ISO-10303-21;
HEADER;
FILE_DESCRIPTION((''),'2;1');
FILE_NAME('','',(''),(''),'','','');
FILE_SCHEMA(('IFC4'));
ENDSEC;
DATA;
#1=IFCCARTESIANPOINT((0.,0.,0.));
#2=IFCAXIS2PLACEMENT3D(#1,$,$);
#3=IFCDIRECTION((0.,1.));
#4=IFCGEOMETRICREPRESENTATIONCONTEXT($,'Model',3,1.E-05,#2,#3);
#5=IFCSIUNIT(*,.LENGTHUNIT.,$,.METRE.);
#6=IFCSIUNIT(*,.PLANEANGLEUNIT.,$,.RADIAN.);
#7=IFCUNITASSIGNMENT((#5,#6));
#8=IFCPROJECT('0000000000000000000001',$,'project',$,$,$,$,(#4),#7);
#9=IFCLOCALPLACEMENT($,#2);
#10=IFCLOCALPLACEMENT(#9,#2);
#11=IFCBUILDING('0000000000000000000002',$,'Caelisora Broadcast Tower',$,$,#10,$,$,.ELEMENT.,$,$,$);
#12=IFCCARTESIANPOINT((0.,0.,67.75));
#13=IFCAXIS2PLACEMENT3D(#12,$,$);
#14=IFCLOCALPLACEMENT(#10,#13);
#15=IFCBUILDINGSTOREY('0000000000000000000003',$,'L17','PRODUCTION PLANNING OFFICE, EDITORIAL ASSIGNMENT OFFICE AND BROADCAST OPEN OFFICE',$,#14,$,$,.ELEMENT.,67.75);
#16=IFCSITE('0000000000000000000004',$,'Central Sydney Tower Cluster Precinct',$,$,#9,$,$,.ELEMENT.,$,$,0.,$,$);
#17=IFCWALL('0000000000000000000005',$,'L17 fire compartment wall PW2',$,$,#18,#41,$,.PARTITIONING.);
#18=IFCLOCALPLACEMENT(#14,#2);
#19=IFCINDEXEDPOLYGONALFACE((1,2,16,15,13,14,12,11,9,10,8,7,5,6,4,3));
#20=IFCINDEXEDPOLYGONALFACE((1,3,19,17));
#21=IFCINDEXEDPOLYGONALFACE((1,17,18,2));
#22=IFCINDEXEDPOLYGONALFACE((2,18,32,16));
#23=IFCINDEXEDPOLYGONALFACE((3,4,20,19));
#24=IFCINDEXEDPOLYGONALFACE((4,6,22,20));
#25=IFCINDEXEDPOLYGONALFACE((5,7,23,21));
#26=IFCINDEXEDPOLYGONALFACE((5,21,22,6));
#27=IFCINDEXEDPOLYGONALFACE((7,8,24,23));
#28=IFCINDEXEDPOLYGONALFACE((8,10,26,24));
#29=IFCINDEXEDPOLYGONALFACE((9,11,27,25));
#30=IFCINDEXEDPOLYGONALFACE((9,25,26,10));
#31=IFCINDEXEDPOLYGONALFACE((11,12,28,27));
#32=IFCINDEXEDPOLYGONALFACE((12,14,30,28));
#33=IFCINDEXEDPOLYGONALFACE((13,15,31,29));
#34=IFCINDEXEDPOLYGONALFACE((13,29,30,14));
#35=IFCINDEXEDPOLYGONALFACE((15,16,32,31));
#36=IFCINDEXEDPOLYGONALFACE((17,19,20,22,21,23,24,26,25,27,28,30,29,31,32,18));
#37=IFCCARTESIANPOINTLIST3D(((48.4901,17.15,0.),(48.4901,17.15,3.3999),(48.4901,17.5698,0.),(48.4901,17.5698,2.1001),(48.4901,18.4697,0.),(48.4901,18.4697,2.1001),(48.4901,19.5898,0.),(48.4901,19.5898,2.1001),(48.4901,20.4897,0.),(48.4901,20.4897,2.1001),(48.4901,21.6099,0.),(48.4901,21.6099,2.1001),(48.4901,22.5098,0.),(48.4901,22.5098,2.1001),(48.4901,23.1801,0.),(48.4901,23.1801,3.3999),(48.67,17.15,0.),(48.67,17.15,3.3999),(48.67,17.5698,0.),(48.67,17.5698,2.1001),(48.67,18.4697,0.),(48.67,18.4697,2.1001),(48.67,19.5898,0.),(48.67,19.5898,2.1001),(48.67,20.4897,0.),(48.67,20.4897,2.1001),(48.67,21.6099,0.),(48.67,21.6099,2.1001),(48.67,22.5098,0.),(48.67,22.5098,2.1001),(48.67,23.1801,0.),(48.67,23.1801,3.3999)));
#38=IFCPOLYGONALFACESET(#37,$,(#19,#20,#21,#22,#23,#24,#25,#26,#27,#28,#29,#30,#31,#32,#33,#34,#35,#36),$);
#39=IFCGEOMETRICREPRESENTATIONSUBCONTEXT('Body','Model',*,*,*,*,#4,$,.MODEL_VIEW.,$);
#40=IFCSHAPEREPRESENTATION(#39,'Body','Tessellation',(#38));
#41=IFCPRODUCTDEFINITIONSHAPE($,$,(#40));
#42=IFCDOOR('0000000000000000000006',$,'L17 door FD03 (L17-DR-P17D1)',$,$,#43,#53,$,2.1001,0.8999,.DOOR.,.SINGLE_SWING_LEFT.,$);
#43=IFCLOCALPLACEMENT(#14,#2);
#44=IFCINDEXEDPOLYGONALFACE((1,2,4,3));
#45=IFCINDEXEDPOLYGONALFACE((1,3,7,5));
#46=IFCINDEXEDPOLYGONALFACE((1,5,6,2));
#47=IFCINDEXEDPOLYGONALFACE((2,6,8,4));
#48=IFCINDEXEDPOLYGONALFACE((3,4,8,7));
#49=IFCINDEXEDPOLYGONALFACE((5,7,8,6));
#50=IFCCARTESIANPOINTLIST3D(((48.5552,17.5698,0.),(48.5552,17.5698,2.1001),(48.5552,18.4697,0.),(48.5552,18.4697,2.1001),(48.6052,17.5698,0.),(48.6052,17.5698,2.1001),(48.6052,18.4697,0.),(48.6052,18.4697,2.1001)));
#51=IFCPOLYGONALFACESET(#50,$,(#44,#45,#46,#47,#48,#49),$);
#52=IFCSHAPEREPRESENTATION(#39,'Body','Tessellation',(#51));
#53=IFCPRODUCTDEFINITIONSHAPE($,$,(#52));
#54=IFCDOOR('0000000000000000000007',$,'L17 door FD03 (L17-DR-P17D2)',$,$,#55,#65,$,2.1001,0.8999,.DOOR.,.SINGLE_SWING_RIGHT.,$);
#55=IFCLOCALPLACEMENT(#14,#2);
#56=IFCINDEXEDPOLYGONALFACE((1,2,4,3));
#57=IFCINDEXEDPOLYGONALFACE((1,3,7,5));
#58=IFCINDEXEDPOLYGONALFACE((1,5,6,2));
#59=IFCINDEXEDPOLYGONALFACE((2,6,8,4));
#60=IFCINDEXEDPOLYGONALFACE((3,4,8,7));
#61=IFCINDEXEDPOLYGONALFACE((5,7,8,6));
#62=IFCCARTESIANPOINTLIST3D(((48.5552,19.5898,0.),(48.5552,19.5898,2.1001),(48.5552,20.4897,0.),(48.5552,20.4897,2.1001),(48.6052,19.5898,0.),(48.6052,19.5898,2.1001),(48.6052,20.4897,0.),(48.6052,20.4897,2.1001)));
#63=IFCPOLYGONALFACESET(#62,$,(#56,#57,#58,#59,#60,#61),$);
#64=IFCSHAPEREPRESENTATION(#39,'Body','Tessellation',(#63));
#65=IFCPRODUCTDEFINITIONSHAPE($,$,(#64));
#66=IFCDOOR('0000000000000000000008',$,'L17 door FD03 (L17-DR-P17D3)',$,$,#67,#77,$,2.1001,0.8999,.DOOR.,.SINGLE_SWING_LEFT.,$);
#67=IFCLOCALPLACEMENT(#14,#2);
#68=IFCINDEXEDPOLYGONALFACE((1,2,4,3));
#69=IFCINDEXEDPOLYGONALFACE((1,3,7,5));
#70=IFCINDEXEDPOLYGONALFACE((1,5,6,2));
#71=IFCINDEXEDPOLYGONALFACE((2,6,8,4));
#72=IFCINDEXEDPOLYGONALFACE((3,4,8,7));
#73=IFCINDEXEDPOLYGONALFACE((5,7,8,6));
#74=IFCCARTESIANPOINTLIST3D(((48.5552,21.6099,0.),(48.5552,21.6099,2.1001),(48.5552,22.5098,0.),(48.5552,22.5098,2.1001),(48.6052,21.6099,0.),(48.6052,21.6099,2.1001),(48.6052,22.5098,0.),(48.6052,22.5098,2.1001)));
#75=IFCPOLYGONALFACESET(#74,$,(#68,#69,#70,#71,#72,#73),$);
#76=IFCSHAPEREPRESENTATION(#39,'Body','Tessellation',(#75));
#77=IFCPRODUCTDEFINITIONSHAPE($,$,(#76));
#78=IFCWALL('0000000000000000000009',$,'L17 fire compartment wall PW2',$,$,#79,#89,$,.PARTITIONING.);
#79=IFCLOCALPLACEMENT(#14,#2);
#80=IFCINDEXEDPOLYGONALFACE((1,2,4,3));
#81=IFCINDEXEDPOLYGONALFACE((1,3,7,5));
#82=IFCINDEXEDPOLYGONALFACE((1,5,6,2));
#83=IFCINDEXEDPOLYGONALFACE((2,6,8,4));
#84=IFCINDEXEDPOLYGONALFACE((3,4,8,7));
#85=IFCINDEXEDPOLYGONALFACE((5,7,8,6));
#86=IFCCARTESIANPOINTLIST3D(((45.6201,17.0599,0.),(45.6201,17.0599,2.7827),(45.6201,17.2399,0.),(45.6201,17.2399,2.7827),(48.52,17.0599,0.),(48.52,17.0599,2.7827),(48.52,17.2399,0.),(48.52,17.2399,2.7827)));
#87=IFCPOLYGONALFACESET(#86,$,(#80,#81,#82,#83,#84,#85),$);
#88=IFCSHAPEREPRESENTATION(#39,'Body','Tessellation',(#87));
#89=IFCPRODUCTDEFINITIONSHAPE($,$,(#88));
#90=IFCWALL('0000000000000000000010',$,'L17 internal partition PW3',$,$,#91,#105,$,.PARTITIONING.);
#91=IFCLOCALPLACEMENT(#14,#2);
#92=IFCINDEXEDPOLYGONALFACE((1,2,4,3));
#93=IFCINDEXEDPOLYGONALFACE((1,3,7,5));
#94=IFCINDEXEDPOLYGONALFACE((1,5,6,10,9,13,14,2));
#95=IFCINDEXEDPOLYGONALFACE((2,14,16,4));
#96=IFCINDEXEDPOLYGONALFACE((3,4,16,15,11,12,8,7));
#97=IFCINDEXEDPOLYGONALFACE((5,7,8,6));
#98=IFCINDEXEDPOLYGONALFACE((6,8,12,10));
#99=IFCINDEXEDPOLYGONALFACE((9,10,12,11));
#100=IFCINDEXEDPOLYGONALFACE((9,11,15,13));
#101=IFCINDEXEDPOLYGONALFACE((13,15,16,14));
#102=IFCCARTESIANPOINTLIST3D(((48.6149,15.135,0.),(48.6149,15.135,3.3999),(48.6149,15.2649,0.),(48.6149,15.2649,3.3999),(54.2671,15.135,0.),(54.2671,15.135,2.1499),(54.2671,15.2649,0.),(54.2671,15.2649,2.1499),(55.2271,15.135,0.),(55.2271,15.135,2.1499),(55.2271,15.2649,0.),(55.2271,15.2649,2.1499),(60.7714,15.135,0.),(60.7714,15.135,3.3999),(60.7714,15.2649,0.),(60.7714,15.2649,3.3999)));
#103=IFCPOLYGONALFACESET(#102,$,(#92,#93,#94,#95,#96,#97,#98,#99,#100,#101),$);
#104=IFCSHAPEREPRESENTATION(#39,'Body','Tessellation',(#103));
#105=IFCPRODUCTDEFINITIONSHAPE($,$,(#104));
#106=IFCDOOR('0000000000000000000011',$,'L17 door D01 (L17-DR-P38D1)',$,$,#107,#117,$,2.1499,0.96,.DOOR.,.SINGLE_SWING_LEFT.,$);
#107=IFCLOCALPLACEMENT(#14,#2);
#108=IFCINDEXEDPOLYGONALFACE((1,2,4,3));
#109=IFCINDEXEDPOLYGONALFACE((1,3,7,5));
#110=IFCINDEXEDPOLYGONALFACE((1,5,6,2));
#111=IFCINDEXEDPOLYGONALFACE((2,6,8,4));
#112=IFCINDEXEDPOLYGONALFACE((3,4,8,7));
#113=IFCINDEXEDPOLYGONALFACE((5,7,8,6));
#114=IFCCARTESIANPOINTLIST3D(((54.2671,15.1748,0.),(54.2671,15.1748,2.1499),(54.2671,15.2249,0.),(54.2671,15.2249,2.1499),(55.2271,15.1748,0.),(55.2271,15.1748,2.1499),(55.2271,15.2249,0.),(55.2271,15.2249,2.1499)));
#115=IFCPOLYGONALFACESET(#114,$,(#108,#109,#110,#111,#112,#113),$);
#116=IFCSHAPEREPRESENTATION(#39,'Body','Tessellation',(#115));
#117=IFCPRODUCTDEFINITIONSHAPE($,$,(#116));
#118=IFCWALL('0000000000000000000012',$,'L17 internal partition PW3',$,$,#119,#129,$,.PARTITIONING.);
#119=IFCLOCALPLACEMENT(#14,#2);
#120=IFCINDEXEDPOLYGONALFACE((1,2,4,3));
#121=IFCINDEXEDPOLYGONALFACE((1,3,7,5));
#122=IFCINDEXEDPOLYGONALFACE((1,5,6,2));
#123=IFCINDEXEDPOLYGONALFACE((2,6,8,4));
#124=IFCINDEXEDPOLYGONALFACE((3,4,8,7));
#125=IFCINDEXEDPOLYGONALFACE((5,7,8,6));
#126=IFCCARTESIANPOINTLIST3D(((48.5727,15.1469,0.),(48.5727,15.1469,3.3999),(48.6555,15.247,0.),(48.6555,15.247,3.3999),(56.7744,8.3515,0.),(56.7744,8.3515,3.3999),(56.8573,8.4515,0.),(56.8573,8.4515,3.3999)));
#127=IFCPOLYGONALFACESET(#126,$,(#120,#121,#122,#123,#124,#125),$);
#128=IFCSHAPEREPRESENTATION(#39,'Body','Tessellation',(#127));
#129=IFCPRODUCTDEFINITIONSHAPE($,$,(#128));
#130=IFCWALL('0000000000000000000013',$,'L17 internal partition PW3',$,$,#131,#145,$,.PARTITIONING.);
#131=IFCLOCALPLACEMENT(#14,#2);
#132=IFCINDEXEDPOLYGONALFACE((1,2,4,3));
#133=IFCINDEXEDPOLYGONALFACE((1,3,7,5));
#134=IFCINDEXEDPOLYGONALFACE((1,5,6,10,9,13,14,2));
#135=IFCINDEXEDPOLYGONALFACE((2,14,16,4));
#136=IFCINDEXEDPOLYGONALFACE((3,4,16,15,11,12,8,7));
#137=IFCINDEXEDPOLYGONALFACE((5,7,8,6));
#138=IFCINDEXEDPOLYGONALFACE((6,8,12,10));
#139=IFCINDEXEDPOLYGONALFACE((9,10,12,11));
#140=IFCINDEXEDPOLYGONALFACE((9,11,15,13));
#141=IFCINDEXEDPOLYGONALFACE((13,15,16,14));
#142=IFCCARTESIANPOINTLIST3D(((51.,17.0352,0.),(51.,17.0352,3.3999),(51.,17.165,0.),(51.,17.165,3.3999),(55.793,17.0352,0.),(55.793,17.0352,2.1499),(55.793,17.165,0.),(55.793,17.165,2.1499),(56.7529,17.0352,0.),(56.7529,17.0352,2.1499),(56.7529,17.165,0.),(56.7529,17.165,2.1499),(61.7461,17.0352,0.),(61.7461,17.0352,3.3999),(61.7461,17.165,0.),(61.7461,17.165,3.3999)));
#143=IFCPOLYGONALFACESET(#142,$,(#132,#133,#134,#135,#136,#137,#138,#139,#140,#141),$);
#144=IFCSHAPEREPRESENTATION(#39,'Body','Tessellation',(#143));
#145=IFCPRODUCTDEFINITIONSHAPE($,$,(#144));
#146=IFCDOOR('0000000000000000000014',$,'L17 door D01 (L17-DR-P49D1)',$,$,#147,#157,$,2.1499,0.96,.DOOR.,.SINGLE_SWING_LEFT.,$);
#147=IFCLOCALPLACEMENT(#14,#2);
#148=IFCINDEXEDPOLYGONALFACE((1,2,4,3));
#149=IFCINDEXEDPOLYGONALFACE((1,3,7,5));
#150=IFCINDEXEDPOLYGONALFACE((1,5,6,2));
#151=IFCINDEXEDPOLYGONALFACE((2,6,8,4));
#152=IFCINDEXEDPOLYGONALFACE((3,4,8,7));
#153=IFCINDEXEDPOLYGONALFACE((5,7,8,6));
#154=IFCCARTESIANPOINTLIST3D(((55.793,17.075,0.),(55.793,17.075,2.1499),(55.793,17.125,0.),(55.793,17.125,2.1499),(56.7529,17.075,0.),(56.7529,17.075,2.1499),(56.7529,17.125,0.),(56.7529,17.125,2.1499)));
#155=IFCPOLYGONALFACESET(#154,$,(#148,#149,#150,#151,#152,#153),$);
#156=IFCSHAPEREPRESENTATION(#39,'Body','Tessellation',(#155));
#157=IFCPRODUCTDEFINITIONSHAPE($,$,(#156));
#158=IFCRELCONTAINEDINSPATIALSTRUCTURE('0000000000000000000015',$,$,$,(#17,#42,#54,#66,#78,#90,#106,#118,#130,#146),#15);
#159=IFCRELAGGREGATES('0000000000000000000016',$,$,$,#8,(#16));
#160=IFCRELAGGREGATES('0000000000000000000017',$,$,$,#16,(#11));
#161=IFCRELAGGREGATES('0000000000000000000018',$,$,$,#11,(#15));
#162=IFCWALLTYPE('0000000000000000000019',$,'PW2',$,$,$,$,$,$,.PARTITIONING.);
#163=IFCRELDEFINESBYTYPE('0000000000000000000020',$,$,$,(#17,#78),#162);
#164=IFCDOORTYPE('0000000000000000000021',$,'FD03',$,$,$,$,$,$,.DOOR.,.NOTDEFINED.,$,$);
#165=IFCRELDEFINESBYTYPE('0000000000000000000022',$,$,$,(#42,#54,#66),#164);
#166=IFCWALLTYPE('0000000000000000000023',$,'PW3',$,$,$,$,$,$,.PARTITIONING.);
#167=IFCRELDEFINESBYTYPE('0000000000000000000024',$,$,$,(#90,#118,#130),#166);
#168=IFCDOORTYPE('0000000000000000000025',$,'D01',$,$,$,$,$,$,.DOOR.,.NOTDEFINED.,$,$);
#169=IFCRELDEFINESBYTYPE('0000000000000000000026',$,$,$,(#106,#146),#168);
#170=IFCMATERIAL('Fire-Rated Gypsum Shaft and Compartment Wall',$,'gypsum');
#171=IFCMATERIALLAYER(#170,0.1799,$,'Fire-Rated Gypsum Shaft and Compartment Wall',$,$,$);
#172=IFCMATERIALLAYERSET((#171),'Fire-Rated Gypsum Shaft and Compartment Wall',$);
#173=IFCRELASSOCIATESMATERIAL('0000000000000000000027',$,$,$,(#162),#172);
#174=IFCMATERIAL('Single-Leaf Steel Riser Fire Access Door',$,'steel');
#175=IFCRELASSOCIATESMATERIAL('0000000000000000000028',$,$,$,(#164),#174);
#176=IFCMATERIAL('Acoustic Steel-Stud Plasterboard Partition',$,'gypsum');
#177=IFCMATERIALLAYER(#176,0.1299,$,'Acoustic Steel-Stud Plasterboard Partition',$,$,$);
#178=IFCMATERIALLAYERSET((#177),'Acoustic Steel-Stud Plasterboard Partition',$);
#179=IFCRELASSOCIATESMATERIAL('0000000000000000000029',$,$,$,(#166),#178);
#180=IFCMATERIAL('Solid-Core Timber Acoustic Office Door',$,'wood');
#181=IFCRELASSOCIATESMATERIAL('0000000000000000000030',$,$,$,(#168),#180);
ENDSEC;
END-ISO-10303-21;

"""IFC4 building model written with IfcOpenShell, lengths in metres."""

from ifc_helpers import new_model, si_unit, direction, frame, frame_2d, origin, place, context, subcontext, project, spatial, rectangle, extrude, material, layer, layer_set, type_object, element, fill, save


model = new_model("IFC4")

# Units and contexts
model_context = context("Model", 3, precision=1e-05, world=origin(), true_north=direction((0.0, 1.0)))
body_context = subcontext(model_context, "Body", "Model", "MODEL_VIEW")
ifc_project = project(units=[si_unit("LENGTHUNIT", "METRE"), si_unit("PLANEANGLEUNIT", "RADIAN")], contexts=[model_context])

# Site, building, storey
site_placement = place(None, origin())
site = spatial("IfcSite", under=ifc_project, at=site_placement, Name="Central Sydney Tower Cluster Precinct", CompositionType="ELEMENT", RefElevation=0.0)
building_placement = place(site_placement, origin())
building = spatial("IfcBuilding", under=site, at=building_placement, Name="Caelisora Broadcast Tower", CompositionType="ELEMENT")
storey_placement = place(building_placement, frame((0.0, 0.0, 67.75)))
storey = spatial("IfcBuildingStorey", under=building, at=storey_placement, Name="L17", Description="PRODUCTION PLANNING OFFICE, EDITORIAL ASSIGNMENT OFFICE AND BROADCAST OPEN OFFICE", CompositionType="ELEMENT", Elevation=67.75)

# Wall, openings, doors
ifc_material_1 = material(Name="Fire-Rated Gypsum Shaft and Compartment Wall", Category="gypsum")
ifc_layer_1 = layer(ifc_material_1, 0.1799, Name="Fire-Rated Gypsum Shaft and Compartment Wall")
ifc_layer_set_1 = layer_set([ifc_layer_1], Name="Fire-Rated Gypsum Shaft and Compartment Wall")
wall_type_1 = type_object("IfcWallType", Name="PW2", PredefinedType="PARTITIONING", material=ifc_layer_set_1)
wall_1_placement = place(storey_placement, frame((48.5801, 17.1499, 0.0), z_axis=(0.0, 0.0, 1.0), x_axis=(0.0, 1.0, 0.0)))
wall_1 = element("IfcWall", 1, at=wall_1_placement, inside=storey, type_object=wall_type_1, Name="L17 fire compartment wall PW2", PredefinedType="PARTITIONING", context=body_context, shape_type="SweptSolid", body=[
    extrude(rectangle(XDim=6.03, YDim=0.1799, at=frame_2d((3.0151, 0.0))), origin(), (0.0, 0.0, 1.0), 3.3999),
])
opening_1_placement = place(wall_1_placement, frame((0.4199, 0.0, 0.0)))
opening_1 = element("IfcOpeningElement", 2, at=opening_1_placement, cuts=wall_1, PredefinedType="OPENING", context=body_context, shape_type="SweptSolid", body=[
    extrude(rectangle(XDim=0.8999, YDim=2.1001, at=frame_2d((0.45, 1.05))), frame((0.0, 0.1021, 0.0), z_axis=(0.0, -1.0, 0.0), x_axis=(1.0, 0.0, 0.0)), (0.0, 0.0, 1.0), 0.2039),
])
opening_2_placement = place(wall_1_placement, frame((2.4399, 0.0, 0.0)))
opening_2 = element("IfcOpeningElement", 3, at=opening_2_placement, cuts=wall_1, PredefinedType="OPENING", context=body_context, shape_type="SweptSolid", body=[
    extrude(rectangle(XDim=0.8999, YDim=2.1001, at=frame_2d((0.45, 1.05))), frame((0.0, 0.1021, 0.0), z_axis=(0.0, -1.0, 0.0), x_axis=(1.0, 0.0, 0.0)), (0.0, 0.0, 1.0), 0.2039),
])
opening_3_placement = place(wall_1_placement, frame((4.46, 0.0, 0.0)))
opening_3 = element("IfcOpeningElement", 4, at=opening_3_placement, cuts=wall_1, PredefinedType="OPENING", context=body_context, shape_type="SweptSolid", body=[
    extrude(rectangle(XDim=0.8999, YDim=2.1001, at=frame_2d((0.45, 1.05))), frame((0.0, 0.1021, 0.0), z_axis=(0.0, -1.0, 0.0), x_axis=(1.0, 0.0, 0.0)), (0.0, 0.0, 1.0), 0.2039),
])
ifc_material_2 = material(Name="Single-Leaf Steel Riser Fire Access Door", Category="steel")
door_type_1 = type_object("IfcDoorType", Name="FD03", OperationType="NOTDEFINED", PredefinedType="DOOR", material=ifc_material_2)
door_1_placement = place(opening_1_placement, origin())
door_1 = element("IfcDoor", 5, at=door_1_placement, inside=storey, type_object=door_type_1, Name="L17 door FD03 (L17-DR-P17D1)", OperationType="SINGLE_SWING_LEFT", OverallHeight=2.1001, OverallWidth=0.8999, PredefinedType="DOOR", context=body_context, shape_type="SweptSolid", body=[
    extrude(rectangle(XDim=0.8999, YDim=2.1001, at=frame_2d((0.45, 1.05))), frame((0.0, 0.0249, 0.0), z_axis=(0.0, -1.0, 0.0), x_axis=(1.0, 0.0, 0.0)), (0.0, 0.0, 1.0), 0.05),
])
fill(opening_1, door_1)
door_2_placement = place(opening_2_placement, origin())
door_2 = element("IfcDoor", 6, at=door_2_placement, inside=storey, type_object=door_type_1, Name="L17 door FD03 (L17-DR-P17D2)", OperationType="SINGLE_SWING_RIGHT", OverallHeight=2.1001, OverallWidth=0.8999, PredefinedType="DOOR", context=body_context, shape_type="SweptSolid", body=[
    extrude(rectangle(XDim=0.8999, YDim=2.1001, at=frame_2d((0.45, 1.05))), frame((0.0, 0.0249, 0.0), z_axis=(0.0, -1.0, 0.0), x_axis=(1.0, 0.0, 0.0)), (0.0, 0.0, 1.0), 0.05),
])
fill(opening_2, door_2)
door_3_placement = place(opening_3_placement, origin())
door_3 = element("IfcDoor", 7, at=door_3_placement, inside=storey, type_object=door_type_1, Name="L17 door FD03 (L17-DR-P17D3)", OperationType="SINGLE_SWING_LEFT", OverallHeight=2.1001, OverallWidth=0.8999, PredefinedType="DOOR", context=body_context, shape_type="SweptSolid", body=[
    extrude(rectangle(XDim=0.8999, YDim=2.1001, at=frame_2d((0.45, 1.05))), frame((0.0, 0.0249, 0.0), z_axis=(0.0, -1.0, 0.0), x_axis=(1.0, 0.0, 0.0)), (0.0, 0.0, 1.0), 0.05),
])
fill(opening_3, door_3)

# Wall
wall_2_placement = place(storey_placement, frame((45.6201, 17.1499, 0.0), z_axis=(0.0, 0.0, 1.0), x_axis=(1.0, 0.0, 0.0)))
element("IfcWall", 8, at=wall_2_placement, inside=storey, type_object=wall_type_1, Name="L17 fire compartment wall PW2", PredefinedType="PARTITIONING", context=body_context, shape_type="SweptSolid", body=[
    extrude(rectangle(XDim=2.8999, YDim=0.1799, at=frame_2d((1.45, 0.0))), origin(), (0.0, 0.0, 1.0), 2.7827),
])

# Wall, opening, door
ifc_material_3 = material(Name="Acoustic Steel-Stud Plasterboard Partition", Category="gypsum")
ifc_layer_2 = layer(ifc_material_3, 0.1299, Name="Acoustic Steel-Stud Plasterboard Partition")
ifc_layer_set_2 = layer_set([ifc_layer_2], Name="Acoustic Steel-Stud Plasterboard Partition")
wall_type_2 = type_object("IfcWallType", Name="PW3", PredefinedType="PARTITIONING", material=ifc_layer_set_2)
wall_3_placement = place(storey_placement, frame((48.615, 15.2, 0.0), z_axis=(0.0, 0.0, 1.0), x_axis=(1.0, 0.0, 0.0)))
wall_3 = element("IfcWall", 9, at=wall_3_placement, inside=storey, type_object=wall_type_2, Name="L17 internal partition PW3", PredefinedType="PARTITIONING", context=body_context, shape_type="SweptSolid", body=[
    extrude(rectangle(XDim=12.1565, YDim=0.1299, at=frame_2d((6.0781, 0.0))), origin(), (0.0, 0.0, 1.0), 3.3999),
])
opening_4_placement = place(wall_3_placement, frame((5.6521, 0.0, 0.0)))
opening_4 = element("IfcOpeningElement", 10, at=opening_4_placement, cuts=wall_3, PredefinedType="OPENING", context=body_context, shape_type="SweptSolid", body=[
    extrude(rectangle(XDim=0.96, YDim=2.1499, at=frame_2d((0.48, 1.075))), frame((0.0, 0.0769, 0.0), z_axis=(0.0, -1.0, 0.0), x_axis=(1.0, 0.0, 0.0)), (0.0, 0.0, 1.0), 0.1538),
])
ifc_material_4 = material(Name="Solid-Core Timber Acoustic Office Door", Category="wood")
door_type_2 = type_object("IfcDoorType", Name="D01", OperationType="NOTDEFINED", PredefinedType="DOOR", material=ifc_material_4)
door_4_placement = place(opening_4_placement, origin())
door_4 = element("IfcDoor", 11, at=door_4_placement, inside=storey, type_object=door_type_2, Name="L17 door D01 (L17-DR-P38D1)", OperationType="SINGLE_SWING_LEFT", OverallHeight=2.1499, OverallWidth=0.96, PredefinedType="DOOR", context=body_context, shape_type="SweptSolid", body=[
    extrude(rectangle(XDim=0.96, YDim=2.1499, at=frame_2d((0.48, 1.075))), frame((0.0, 0.0249, 0.0), z_axis=(0.0, -1.0, 0.0), x_axis=(1.0, 0.0, 0.0)), (0.0, 0.0, 1.0), 0.05),
])
fill(opening_4, door_4)

# Wall
wall_4_placement = place(storey_placement, frame((48.614, 15.197, 0.0), z_axis=(0.0, 0.0, 1.0), x_axis=(0.770033, -0.638004, 0.0)))
element("IfcWall", 12, at=wall_4_placement, inside=storey, type_object=wall_type_2, Name="L17 internal partition PW3", PredefinedType="PARTITIONING", context=body_context, shape_type="SweptSolid", body=[
    extrude(rectangle(XDim=10.6511, YDim=0.1299, at=frame_2d((5.3257, 0.0))), origin(), (0.0, 0.0, 1.0), 3.3999),
])

# Wall, opening, door
wall_5_placement = place(storey_placement, frame((51.0, 17.1001, 0.0), z_axis=(0.0, 0.0, 1.0), x_axis=(1.0, 0.0, 0.0)))
wall_5 = element("IfcWall", 13, at=wall_5_placement, inside=storey, type_object=wall_type_2, Name="L17 internal partition PW3", PredefinedType="PARTITIONING", context=body_context, shape_type="SweptSolid", body=[
    extrude(rectangle(XDim=10.7461, YDim=0.1299, at=frame_2d((5.373, 0.0))), origin(), (0.0, 0.0, 1.0), 3.3999),
])
opening_5_placement = place(wall_5_placement, frame((4.793, 0.0, 0.0)))
opening_5 = element("IfcOpeningElement", 14, at=opening_5_placement, cuts=wall_5, PredefinedType="OPENING", context=body_context, shape_type="SweptSolid", body=[
    extrude(rectangle(XDim=0.96, YDim=2.1499, at=frame_2d((0.48, 1.075))), frame((0.0, 0.0769, 0.0), z_axis=(0.0, -1.0, 0.0), x_axis=(1.0, 0.0, 0.0)), (0.0, 0.0, 1.0), 0.1538),
])
door_5_placement = place(opening_5_placement, origin())
door_5 = element("IfcDoor", 15, at=door_5_placement, inside=storey, type_object=door_type_2, Name="L17 door D01 (L17-DR-P49D1)", OperationType="SINGLE_SWING_LEFT", OverallHeight=2.1499, OverallWidth=0.96, PredefinedType="DOOR", context=body_context, shape_type="SweptSolid", body=[
    extrude(rectangle(XDim=0.96, YDim=2.1499, at=frame_2d((0.48, 1.075))), frame((0.0, 0.0249, 0.0), z_axis=(0.0, -1.0, 0.0), x_axis=(1.0, 0.0, 0.0)), (0.0, 0.0, 1.0), 0.05),
])
fill(opening_5, door_5)

save(model, "model.ifc")
